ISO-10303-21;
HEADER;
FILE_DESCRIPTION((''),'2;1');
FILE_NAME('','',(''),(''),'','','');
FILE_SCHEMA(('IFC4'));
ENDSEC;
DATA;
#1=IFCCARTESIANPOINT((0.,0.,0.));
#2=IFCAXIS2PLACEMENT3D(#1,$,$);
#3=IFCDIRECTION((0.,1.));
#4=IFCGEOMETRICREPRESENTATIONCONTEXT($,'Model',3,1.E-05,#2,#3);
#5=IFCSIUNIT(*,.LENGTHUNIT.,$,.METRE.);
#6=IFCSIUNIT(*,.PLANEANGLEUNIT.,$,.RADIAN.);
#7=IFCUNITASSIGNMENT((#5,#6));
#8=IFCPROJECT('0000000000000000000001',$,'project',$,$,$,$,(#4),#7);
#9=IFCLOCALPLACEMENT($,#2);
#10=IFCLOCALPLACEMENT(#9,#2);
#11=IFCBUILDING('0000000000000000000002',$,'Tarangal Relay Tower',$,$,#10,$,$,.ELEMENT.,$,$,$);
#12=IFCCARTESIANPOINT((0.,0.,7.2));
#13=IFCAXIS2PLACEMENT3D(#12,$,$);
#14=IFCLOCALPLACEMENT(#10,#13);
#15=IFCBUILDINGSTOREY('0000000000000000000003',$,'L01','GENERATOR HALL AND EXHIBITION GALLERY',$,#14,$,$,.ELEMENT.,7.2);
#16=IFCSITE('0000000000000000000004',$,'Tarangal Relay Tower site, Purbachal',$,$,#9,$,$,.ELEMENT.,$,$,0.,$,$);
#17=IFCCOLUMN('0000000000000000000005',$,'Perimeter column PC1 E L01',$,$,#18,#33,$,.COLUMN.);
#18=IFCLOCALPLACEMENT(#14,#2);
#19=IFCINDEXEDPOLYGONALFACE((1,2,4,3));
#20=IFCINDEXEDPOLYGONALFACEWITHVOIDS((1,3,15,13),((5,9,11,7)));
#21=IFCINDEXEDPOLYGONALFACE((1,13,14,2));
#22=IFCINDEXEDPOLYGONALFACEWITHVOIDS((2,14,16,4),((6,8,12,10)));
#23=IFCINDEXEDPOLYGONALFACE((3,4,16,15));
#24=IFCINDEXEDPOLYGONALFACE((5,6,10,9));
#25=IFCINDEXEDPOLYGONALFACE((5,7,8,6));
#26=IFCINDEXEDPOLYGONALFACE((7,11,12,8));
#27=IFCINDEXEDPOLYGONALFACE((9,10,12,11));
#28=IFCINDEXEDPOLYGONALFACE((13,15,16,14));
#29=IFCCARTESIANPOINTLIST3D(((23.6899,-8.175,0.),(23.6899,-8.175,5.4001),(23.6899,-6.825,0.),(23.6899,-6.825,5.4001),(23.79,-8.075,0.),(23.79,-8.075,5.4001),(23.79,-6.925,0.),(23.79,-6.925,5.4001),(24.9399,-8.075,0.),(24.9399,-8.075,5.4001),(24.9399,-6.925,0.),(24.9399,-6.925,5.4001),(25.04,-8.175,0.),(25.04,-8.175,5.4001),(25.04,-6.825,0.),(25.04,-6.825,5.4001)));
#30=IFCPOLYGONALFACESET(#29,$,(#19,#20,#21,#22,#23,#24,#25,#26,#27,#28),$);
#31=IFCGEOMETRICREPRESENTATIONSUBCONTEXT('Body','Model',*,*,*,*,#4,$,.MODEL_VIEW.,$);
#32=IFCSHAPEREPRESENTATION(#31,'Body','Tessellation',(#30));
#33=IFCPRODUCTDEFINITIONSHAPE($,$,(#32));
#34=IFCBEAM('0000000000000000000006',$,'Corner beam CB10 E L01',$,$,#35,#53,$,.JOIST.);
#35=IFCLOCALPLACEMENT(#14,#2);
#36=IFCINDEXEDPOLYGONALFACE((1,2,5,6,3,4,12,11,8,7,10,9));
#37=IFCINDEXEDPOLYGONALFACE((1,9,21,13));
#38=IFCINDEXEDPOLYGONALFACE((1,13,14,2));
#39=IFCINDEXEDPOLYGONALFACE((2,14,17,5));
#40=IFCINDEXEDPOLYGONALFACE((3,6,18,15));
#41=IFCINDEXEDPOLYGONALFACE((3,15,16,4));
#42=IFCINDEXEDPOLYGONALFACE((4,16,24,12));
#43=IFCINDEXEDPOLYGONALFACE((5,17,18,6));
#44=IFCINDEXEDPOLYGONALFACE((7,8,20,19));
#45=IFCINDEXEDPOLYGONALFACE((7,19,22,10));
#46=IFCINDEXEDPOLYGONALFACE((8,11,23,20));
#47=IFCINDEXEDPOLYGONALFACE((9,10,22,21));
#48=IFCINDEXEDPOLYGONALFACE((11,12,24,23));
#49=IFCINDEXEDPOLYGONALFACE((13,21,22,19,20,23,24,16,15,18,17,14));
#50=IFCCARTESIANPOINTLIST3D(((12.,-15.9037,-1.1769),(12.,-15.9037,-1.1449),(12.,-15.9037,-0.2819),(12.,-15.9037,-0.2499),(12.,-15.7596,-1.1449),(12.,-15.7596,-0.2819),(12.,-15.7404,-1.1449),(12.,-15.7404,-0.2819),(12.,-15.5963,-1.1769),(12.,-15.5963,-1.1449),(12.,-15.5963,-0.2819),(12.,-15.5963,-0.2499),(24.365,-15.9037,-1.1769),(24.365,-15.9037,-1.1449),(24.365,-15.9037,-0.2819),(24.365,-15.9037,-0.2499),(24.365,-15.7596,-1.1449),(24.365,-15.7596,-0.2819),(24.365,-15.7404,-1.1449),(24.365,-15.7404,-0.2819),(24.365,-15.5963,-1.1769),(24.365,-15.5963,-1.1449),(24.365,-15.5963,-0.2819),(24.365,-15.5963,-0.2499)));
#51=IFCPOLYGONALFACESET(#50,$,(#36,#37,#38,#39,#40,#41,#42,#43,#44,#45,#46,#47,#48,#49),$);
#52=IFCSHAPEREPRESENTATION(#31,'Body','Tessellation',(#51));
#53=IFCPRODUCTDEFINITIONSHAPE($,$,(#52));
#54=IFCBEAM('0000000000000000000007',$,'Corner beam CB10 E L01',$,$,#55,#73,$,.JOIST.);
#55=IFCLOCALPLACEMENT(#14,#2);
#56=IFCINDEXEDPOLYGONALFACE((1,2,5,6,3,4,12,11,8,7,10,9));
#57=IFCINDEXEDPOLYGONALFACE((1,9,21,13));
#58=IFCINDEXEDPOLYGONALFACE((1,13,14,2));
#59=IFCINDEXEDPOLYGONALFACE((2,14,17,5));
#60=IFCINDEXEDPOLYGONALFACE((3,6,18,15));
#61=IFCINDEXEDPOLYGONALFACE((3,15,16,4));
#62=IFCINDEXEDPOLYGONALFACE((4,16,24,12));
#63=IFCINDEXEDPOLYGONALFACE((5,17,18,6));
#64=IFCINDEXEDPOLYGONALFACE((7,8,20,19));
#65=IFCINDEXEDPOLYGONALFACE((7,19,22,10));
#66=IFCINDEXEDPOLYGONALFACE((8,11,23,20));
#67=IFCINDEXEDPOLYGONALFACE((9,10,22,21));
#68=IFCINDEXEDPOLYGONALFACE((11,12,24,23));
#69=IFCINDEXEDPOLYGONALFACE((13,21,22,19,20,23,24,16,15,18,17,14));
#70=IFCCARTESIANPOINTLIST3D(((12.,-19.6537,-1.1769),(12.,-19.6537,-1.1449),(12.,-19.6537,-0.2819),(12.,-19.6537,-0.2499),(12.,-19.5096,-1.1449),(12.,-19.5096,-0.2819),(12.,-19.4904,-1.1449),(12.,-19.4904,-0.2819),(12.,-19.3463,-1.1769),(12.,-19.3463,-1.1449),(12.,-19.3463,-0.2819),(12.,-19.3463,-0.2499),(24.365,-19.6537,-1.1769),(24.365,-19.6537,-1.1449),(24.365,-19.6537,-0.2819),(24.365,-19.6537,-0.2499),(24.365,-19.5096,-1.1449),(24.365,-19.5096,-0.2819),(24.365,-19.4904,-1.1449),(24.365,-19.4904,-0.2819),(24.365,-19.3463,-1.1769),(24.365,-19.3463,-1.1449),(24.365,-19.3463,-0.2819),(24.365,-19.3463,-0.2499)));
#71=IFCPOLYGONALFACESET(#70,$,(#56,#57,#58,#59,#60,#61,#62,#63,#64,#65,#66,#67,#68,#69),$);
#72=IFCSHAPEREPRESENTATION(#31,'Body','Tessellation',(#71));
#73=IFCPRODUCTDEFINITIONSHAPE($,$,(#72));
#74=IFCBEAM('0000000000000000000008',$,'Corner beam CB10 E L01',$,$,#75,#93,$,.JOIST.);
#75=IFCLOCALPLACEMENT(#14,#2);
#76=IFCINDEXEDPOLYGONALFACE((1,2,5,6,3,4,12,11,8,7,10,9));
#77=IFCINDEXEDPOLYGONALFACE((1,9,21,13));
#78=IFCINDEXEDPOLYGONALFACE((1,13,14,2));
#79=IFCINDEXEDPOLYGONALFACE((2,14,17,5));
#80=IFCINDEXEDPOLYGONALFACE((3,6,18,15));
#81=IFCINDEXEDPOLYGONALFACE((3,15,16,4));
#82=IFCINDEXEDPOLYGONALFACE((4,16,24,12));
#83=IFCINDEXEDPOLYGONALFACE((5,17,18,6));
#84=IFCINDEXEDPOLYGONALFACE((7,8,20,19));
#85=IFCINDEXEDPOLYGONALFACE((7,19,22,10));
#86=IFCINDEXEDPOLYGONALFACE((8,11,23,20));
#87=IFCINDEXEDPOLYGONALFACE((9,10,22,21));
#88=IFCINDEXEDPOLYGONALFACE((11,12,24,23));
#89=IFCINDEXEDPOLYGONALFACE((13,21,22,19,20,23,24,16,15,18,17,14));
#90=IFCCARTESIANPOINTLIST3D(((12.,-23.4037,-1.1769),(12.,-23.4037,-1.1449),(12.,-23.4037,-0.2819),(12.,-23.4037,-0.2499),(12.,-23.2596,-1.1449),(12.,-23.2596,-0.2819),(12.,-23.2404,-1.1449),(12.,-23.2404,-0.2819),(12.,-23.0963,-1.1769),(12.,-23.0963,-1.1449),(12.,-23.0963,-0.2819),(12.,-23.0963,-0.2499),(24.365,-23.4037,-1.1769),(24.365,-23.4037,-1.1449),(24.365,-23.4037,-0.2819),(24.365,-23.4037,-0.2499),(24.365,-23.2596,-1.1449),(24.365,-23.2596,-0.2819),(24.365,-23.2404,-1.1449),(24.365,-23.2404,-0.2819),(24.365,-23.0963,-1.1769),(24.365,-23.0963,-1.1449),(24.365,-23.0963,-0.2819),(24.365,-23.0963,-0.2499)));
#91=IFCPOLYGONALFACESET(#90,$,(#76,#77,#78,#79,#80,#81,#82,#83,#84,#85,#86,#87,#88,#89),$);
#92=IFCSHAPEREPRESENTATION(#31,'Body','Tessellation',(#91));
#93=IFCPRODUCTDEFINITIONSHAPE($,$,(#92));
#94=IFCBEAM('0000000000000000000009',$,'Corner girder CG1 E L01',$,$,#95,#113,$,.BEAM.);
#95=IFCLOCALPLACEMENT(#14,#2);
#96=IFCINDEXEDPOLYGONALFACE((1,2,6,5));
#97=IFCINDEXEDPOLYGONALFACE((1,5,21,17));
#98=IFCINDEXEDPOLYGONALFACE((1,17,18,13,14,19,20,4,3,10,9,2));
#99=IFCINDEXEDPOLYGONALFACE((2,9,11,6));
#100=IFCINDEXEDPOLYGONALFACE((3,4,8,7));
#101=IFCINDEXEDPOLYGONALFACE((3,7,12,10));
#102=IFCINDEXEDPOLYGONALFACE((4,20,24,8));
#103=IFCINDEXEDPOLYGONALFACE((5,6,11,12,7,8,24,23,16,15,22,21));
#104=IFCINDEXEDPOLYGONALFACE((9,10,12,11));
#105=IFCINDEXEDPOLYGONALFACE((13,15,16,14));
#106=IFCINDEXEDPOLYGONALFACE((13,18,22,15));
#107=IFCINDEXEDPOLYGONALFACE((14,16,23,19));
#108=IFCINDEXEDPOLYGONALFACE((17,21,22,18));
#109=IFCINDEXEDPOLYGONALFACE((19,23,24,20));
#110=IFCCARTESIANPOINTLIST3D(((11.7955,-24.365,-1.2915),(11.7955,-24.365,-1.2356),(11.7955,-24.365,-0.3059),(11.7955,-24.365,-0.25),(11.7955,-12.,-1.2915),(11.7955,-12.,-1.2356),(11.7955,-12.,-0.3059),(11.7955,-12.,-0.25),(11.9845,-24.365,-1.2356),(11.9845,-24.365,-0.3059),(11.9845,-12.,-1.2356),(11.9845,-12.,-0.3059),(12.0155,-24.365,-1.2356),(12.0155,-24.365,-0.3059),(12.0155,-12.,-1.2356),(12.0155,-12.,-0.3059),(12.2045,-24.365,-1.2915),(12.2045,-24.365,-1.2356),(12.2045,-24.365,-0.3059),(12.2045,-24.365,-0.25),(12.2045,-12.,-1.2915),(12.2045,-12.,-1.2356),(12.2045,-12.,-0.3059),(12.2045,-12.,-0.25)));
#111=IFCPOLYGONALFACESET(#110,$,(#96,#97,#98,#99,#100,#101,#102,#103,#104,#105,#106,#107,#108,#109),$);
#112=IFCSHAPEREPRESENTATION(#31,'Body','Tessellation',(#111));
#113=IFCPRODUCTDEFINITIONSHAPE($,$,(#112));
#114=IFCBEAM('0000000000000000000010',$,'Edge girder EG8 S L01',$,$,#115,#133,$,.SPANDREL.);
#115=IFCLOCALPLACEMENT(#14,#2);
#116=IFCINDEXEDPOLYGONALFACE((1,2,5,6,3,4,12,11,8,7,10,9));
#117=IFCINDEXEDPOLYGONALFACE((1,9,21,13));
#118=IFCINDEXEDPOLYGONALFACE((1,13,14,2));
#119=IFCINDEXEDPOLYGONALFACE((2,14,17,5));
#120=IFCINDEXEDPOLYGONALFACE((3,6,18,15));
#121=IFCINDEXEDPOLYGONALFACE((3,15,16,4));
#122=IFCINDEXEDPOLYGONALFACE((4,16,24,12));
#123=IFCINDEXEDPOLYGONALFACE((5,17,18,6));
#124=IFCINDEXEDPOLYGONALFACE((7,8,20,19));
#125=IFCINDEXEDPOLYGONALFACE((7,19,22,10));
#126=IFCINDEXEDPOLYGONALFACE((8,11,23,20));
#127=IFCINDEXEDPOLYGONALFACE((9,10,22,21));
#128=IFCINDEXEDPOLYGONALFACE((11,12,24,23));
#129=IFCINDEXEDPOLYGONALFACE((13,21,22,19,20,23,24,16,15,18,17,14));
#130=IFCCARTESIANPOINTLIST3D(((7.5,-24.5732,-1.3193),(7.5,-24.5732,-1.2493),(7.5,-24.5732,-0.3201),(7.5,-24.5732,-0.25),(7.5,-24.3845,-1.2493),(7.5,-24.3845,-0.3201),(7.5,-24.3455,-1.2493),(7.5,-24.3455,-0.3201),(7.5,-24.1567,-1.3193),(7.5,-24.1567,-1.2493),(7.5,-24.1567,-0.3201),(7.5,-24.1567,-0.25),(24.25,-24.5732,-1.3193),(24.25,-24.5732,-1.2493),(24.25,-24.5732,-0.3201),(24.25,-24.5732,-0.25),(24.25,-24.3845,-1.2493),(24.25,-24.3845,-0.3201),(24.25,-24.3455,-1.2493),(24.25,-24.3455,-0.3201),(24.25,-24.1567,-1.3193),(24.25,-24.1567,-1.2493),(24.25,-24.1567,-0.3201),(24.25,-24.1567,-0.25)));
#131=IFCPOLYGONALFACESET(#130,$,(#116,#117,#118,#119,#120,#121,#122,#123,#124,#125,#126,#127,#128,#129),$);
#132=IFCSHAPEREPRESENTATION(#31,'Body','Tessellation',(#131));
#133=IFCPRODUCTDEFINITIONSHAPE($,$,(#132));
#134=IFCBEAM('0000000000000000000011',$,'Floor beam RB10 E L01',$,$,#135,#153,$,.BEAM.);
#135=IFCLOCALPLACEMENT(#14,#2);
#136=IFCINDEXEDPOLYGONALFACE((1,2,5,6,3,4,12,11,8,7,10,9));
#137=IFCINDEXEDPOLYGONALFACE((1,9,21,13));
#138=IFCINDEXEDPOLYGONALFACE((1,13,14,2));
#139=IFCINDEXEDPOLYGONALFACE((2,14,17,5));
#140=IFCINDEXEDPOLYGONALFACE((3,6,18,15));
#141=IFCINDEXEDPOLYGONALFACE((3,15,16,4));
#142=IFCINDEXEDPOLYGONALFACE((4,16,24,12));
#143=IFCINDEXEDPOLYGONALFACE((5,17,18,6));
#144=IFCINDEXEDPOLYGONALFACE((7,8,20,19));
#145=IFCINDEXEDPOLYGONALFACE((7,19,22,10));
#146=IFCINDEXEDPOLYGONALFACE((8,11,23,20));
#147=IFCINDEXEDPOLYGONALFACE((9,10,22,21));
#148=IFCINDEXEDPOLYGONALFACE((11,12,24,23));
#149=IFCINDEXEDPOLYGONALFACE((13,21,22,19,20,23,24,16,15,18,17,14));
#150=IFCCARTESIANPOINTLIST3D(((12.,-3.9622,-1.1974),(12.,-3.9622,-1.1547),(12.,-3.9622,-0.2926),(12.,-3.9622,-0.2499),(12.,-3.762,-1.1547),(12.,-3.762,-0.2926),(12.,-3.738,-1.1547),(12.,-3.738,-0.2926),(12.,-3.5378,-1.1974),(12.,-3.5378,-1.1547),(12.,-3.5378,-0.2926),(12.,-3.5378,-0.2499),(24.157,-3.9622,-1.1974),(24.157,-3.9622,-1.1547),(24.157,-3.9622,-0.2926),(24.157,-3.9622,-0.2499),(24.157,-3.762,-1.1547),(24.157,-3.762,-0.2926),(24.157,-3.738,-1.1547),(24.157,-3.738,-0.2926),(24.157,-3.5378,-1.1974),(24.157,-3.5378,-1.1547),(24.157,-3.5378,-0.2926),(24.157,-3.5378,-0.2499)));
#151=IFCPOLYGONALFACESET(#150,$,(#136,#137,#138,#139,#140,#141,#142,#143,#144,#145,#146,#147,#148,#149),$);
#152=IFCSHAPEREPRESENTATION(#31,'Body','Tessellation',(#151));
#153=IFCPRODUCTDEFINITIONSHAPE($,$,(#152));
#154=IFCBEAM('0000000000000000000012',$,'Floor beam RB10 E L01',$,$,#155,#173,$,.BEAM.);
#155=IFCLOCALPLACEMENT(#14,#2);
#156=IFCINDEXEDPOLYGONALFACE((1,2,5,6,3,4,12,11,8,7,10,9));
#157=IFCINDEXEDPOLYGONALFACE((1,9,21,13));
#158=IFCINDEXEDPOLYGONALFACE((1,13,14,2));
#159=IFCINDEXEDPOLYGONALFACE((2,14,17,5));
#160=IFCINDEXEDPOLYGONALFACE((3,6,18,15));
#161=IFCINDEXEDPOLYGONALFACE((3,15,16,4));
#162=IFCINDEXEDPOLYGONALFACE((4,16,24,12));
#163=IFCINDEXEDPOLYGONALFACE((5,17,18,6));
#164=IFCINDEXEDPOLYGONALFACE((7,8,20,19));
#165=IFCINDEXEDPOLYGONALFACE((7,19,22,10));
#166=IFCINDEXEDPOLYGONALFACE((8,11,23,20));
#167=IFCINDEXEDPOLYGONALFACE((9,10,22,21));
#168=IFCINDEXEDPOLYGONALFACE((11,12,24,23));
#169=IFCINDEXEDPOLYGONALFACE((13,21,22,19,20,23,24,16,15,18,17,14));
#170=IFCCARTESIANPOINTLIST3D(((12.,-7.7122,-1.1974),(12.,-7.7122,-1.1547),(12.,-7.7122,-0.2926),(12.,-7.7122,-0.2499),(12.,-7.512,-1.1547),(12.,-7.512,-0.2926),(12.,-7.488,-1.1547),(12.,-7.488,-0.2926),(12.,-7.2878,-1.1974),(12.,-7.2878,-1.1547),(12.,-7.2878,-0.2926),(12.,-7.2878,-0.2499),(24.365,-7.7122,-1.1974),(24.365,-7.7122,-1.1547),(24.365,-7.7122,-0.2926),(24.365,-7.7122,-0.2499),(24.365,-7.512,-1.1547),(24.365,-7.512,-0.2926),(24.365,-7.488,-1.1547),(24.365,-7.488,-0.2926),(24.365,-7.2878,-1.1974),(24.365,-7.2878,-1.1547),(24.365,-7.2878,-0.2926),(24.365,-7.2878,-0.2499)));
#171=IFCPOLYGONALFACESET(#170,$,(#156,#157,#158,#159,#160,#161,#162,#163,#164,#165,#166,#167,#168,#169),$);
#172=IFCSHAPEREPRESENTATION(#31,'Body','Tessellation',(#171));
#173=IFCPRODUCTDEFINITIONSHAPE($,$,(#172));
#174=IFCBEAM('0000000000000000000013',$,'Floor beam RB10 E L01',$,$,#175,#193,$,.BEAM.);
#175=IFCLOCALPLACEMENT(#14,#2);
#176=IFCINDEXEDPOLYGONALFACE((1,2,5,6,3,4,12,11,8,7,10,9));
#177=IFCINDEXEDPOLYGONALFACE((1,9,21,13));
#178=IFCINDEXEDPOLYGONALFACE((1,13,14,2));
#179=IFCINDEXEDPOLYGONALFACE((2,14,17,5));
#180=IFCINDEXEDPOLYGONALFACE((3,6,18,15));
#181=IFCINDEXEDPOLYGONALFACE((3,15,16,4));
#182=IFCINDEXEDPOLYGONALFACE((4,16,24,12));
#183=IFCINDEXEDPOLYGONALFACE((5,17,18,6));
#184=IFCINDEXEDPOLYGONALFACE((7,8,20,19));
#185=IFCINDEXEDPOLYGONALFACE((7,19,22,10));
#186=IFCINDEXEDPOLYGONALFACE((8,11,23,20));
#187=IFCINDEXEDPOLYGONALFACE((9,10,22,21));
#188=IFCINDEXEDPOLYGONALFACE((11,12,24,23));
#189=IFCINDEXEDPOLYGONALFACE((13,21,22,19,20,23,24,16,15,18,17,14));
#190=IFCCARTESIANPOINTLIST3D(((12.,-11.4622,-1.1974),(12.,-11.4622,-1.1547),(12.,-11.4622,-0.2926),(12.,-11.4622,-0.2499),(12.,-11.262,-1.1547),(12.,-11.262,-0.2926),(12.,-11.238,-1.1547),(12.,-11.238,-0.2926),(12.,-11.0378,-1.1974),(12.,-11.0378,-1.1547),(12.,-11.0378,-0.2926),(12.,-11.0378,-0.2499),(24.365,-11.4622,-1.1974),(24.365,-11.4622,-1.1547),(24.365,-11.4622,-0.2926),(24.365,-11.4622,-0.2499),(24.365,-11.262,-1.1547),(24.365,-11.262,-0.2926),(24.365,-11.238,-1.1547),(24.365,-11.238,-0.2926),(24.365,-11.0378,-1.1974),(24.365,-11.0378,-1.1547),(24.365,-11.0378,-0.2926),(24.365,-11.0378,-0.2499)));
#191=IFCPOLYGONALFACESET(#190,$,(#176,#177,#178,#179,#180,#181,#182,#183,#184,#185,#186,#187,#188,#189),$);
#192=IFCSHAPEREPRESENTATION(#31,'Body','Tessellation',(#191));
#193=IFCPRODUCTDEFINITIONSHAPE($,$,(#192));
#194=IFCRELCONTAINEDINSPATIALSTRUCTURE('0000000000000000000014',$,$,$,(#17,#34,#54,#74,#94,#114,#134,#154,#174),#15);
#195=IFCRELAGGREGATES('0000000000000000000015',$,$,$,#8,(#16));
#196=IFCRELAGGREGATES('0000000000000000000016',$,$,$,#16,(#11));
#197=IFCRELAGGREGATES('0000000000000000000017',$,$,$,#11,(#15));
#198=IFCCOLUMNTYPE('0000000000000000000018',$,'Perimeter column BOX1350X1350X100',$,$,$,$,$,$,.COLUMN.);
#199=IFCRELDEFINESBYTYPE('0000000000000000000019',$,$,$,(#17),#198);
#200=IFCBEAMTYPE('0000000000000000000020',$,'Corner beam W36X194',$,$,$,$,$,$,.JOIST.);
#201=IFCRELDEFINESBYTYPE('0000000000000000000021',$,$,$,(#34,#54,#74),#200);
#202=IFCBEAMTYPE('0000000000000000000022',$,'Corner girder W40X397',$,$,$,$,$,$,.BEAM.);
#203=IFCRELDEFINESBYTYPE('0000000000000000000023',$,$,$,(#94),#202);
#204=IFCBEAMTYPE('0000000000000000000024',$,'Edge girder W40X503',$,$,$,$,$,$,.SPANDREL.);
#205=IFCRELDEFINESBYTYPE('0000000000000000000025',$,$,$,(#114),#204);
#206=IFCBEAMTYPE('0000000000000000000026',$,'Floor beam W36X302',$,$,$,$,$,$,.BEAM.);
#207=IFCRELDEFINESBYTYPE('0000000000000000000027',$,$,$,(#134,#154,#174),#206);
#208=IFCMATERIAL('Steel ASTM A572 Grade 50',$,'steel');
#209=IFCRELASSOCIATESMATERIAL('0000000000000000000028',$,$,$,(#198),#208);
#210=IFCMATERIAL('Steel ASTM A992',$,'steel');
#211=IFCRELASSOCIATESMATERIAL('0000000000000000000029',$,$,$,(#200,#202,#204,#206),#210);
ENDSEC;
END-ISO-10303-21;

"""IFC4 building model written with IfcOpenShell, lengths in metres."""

from ifc_helpers import new_model, si_unit, direction, frame, origin, origin_2d, place, context, subcontext, project, spatial, hollow_rectangle, i_section, extrude, material, material_profile, profile_set, type_object, element, save


model = new_model("IFC4")

# Units and contexts
model_context = context("Model", 3, precision=1e-05, world=origin(), true_north=direction((0.0, 1.0)))
body_context = subcontext(model_context, "Body", "Model", "MODEL_VIEW")
ifc_project = project(units=[si_unit("LENGTHUNIT", "METRE"), si_unit("PLANEANGLEUNIT", "RADIAN")], contexts=[model_context])

# Site, building, storey
site_placement = place(None, origin())
site = spatial("IfcSite", under=ifc_project, at=site_placement, Name="Tarangal Relay Tower site, Purbachal", CompositionType="ELEMENT", RefElevation=0.0)
building_placement = place(site_placement, origin())
building = spatial("IfcBuilding", under=site, at=building_placement, Name="Tarangal Relay Tower", CompositionType="ELEMENT")
storey_placement = place(building_placement, frame((0.0, 0.0, 7.2)))
storey = spatial("IfcBuildingStorey", under=building, at=storey_placement, Name="L01", Description="GENERATOR HALL AND EXHIBITION GALLERY", CompositionType="ELEMENT", Elevation=7.2)

# Column
ifc_material_1 = material(Name="Steel ASTM A572 Grade 50", Category="steel")
ifc_material_profile_1 = material_profile(ifc_material_1, hollow_rectangle(XDim=1.3501, YDim=1.3501, WallThickness=0.1001, at=origin_2d()), Name="BOX1350X1350X100")
ifc_profile_set_1 = profile_set([ifc_material_profile_1], Name="Steel ASTM A572 Grade 50")
column_type = type_object("IfcColumnType", Name="Perimeter column BOX1350X1350X100", PredefinedType="COLUMN", material=ifc_profile_set_1)
column_placement = place(storey_placement, frame((24.365, -7.5, 0.0), z_axis=(0.0, 0.0, 1.0), x_axis=(1.0, 0.0, 0.0)))
element("IfcColumn", 1, at=column_placement, inside=storey, type_object=column_type, Name="Perimeter column PC1 E L01", PredefinedType="COLUMN", context=body_context, shape_type="SweptSolid", body=[
    extrude(hollow_rectangle(XDim=1.3501, YDim=1.3501, WallThickness=0.1001, at=origin_2d()), origin(), (0.0, 0.0, 1.0), 5.4001),
])

# Beams
ifc_material_2 = material(Name="Steel ASTM A992", Category="steel")
ifc_material_profile_2 = material_profile(ifc_material_2, i_section(OverallWidth=0.3074, OverallDepth=0.927, WebThickness=0.0193, FlangeThickness=0.032, at=origin_2d()), Name="W36X194")
ifc_profile_set_2 = profile_set([ifc_material_profile_2], Name="Steel ASTM A992")
beam_type_1 = type_object("IfcBeamType", Name="Corner beam W36X194", PredefinedType="JOIST", material=ifc_profile_set_2)
for number, where, z_axis, x_axis, name in (
    (2, (12.0, -15.75, -0.7134), (1.0, 0.0, 0.0), (0.0, 1.0, 0.0), "Corner beam CB10 E L01"),
    (3, (12.0, -19.5, -0.7134), (1.0, 0.0, 0.0), (0.0, 1.0, 0.0), "Corner beam CB10 E L01"),
    (4, (12.0, -23.25, -0.7134), (1.0, 0.0, 0.0), (0.0, 1.0, 0.0), "Corner beam CB10 E L01"),
):
    element("IfcBeam", number, at=place(storey_placement, frame(where, z_axis=z_axis, x_axis=x_axis)), inside=storey, type_object=beam_type_1, Name=name, PredefinedType="JOIST", context=body_context, shape_type="SweptSolid", body=[
        extrude(i_section(OverallWidth=0.3074, OverallDepth=0.927, WebThickness=0.0193, FlangeThickness=0.032, at=origin_2d()), origin(), (0.0, 0.0, 1.0), 12.365),
    ])
ifc_material_profile_3 = material_profile(ifc_material_2, i_section(OverallWidth=0.4089, OverallDepth=1.0415, WebThickness=0.031, FlangeThickness=0.0559, at=origin_2d()), Name="W40X397")
ifc_profile_set_3 = profile_set([ifc_material_profile_3], Name="Steel ASTM A992")
beam_type_2 = type_object("IfcBeamType", Name="Corner girder W40X397", PredefinedType="BEAM", material=ifc_profile_set_3)
beam_1_placement = place(storey_placement, frame((12.0, -12.0, -0.7708), z_axis=(0.0, -1.0, 0.0), x_axis=(1.0, 0.0, 0.0)))
element("IfcBeam", 5, at=beam_1_placement, inside=storey, type_object=beam_type_2, Name="Corner girder CG1 E L01", PredefinedType="BEAM", context=body_context, shape_type="SweptSolid", body=[
    extrude(i_section(OverallWidth=0.4089, OverallDepth=1.0415, WebThickness=0.031, FlangeThickness=0.0559, at=origin_2d()), origin(), (0.0, 0.0, 1.0), 12.365),
])
ifc_material_profile_4 = material_profile(ifc_material_2, i_section(OverallWidth=0.4165, OverallDepth=1.0693, WebThickness=0.0391, FlangeThickness=0.0701, at=origin_2d()), Name="W40X503")
ifc_profile_set_4 = profile_set([ifc_material_profile_4], Name="Steel ASTM A992")
beam_type_3 = type_object("IfcBeamType", Name="Edge girder W40X503", PredefinedType="SPANDREL", material=ifc_profile_set_4)
beam_2_placement = place(storey_placement, frame((24.25, -24.365, -0.7847), z_axis=(-1.0, 0.0, 0.0), x_axis=(0.0, -1.0, 0.0)))
element("IfcBeam", 6, at=beam_2_placement, inside=storey, type_object=beam_type_3, Name="Edge girder EG8 S L01", PredefinedType="SPANDREL", context=body_context, shape_type="SweptSolid", body=[
    extrude(i_section(OverallWidth=0.4165, OverallDepth=1.0693, WebThickness=0.0391, FlangeThickness=0.0701, at=origin_2d()), origin(), (0.0, 0.0, 1.0), 16.75),
])
ifc_material_profile_5 = material_profile(ifc_material_2, i_section(OverallWidth=0.4243, OverallDepth=0.9475, WebThickness=0.0239, FlangeThickness=0.0427, at=origin_2d()), Name="W36X302")
ifc_profile_set_5 = profile_set([ifc_material_profile_5], Name="Steel ASTM A992")
beam_type_4 = type_object("IfcBeamType", Name="Floor beam W36X302", PredefinedType="BEAM", material=ifc_profile_set_5)
beam_3_placement = place(storey_placement, frame((12.0, -3.75, -0.7236), z_axis=(1.0, 0.0, 0.0), x_axis=(0.0, 1.0, 0.0)))
element("IfcBeam", 7, at=beam_3_placement, inside=storey, type_object=beam_type_4, Name="Floor beam RB10 E L01", PredefinedType="BEAM", context=body_context, shape_type="SweptSolid", body=[
    extrude(i_section(OverallWidth=0.4243, OverallDepth=0.9475, WebThickness=0.0239, FlangeThickness=0.0427, at=origin_2d()), origin(), (0.0, 0.0, 1.0), 12.157),
])
for number, where, z_axis, x_axis, name in (
    (8, (12.0, -7.5, -0.7236), (1.0, 0.0, 0.0), (0.0, 1.0, 0.0), "Floor beam RB10 E L01"),
    (9, (12.0, -11.25, -0.7236), (1.0, 0.0, 0.0), (0.0, 1.0, 0.0), "Floor beam RB10 E L01"),
):
    element("IfcBeam", number, at=place(storey_placement, frame(where, z_axis=z_axis, x_axis=x_axis)), inside=storey, type_object=beam_type_4, Name=name, PredefinedType="BEAM", context=body_context, shape_type="SweptSolid", body=[
        extrude(i_section(OverallWidth=0.4243, OverallDepth=0.9475, WebThickness=0.0239, FlangeThickness=0.0427, at=origin_2d()), origin(), (0.0, 0.0, 1.0), 12.365),
    ])

save(model, "model.ifc")
